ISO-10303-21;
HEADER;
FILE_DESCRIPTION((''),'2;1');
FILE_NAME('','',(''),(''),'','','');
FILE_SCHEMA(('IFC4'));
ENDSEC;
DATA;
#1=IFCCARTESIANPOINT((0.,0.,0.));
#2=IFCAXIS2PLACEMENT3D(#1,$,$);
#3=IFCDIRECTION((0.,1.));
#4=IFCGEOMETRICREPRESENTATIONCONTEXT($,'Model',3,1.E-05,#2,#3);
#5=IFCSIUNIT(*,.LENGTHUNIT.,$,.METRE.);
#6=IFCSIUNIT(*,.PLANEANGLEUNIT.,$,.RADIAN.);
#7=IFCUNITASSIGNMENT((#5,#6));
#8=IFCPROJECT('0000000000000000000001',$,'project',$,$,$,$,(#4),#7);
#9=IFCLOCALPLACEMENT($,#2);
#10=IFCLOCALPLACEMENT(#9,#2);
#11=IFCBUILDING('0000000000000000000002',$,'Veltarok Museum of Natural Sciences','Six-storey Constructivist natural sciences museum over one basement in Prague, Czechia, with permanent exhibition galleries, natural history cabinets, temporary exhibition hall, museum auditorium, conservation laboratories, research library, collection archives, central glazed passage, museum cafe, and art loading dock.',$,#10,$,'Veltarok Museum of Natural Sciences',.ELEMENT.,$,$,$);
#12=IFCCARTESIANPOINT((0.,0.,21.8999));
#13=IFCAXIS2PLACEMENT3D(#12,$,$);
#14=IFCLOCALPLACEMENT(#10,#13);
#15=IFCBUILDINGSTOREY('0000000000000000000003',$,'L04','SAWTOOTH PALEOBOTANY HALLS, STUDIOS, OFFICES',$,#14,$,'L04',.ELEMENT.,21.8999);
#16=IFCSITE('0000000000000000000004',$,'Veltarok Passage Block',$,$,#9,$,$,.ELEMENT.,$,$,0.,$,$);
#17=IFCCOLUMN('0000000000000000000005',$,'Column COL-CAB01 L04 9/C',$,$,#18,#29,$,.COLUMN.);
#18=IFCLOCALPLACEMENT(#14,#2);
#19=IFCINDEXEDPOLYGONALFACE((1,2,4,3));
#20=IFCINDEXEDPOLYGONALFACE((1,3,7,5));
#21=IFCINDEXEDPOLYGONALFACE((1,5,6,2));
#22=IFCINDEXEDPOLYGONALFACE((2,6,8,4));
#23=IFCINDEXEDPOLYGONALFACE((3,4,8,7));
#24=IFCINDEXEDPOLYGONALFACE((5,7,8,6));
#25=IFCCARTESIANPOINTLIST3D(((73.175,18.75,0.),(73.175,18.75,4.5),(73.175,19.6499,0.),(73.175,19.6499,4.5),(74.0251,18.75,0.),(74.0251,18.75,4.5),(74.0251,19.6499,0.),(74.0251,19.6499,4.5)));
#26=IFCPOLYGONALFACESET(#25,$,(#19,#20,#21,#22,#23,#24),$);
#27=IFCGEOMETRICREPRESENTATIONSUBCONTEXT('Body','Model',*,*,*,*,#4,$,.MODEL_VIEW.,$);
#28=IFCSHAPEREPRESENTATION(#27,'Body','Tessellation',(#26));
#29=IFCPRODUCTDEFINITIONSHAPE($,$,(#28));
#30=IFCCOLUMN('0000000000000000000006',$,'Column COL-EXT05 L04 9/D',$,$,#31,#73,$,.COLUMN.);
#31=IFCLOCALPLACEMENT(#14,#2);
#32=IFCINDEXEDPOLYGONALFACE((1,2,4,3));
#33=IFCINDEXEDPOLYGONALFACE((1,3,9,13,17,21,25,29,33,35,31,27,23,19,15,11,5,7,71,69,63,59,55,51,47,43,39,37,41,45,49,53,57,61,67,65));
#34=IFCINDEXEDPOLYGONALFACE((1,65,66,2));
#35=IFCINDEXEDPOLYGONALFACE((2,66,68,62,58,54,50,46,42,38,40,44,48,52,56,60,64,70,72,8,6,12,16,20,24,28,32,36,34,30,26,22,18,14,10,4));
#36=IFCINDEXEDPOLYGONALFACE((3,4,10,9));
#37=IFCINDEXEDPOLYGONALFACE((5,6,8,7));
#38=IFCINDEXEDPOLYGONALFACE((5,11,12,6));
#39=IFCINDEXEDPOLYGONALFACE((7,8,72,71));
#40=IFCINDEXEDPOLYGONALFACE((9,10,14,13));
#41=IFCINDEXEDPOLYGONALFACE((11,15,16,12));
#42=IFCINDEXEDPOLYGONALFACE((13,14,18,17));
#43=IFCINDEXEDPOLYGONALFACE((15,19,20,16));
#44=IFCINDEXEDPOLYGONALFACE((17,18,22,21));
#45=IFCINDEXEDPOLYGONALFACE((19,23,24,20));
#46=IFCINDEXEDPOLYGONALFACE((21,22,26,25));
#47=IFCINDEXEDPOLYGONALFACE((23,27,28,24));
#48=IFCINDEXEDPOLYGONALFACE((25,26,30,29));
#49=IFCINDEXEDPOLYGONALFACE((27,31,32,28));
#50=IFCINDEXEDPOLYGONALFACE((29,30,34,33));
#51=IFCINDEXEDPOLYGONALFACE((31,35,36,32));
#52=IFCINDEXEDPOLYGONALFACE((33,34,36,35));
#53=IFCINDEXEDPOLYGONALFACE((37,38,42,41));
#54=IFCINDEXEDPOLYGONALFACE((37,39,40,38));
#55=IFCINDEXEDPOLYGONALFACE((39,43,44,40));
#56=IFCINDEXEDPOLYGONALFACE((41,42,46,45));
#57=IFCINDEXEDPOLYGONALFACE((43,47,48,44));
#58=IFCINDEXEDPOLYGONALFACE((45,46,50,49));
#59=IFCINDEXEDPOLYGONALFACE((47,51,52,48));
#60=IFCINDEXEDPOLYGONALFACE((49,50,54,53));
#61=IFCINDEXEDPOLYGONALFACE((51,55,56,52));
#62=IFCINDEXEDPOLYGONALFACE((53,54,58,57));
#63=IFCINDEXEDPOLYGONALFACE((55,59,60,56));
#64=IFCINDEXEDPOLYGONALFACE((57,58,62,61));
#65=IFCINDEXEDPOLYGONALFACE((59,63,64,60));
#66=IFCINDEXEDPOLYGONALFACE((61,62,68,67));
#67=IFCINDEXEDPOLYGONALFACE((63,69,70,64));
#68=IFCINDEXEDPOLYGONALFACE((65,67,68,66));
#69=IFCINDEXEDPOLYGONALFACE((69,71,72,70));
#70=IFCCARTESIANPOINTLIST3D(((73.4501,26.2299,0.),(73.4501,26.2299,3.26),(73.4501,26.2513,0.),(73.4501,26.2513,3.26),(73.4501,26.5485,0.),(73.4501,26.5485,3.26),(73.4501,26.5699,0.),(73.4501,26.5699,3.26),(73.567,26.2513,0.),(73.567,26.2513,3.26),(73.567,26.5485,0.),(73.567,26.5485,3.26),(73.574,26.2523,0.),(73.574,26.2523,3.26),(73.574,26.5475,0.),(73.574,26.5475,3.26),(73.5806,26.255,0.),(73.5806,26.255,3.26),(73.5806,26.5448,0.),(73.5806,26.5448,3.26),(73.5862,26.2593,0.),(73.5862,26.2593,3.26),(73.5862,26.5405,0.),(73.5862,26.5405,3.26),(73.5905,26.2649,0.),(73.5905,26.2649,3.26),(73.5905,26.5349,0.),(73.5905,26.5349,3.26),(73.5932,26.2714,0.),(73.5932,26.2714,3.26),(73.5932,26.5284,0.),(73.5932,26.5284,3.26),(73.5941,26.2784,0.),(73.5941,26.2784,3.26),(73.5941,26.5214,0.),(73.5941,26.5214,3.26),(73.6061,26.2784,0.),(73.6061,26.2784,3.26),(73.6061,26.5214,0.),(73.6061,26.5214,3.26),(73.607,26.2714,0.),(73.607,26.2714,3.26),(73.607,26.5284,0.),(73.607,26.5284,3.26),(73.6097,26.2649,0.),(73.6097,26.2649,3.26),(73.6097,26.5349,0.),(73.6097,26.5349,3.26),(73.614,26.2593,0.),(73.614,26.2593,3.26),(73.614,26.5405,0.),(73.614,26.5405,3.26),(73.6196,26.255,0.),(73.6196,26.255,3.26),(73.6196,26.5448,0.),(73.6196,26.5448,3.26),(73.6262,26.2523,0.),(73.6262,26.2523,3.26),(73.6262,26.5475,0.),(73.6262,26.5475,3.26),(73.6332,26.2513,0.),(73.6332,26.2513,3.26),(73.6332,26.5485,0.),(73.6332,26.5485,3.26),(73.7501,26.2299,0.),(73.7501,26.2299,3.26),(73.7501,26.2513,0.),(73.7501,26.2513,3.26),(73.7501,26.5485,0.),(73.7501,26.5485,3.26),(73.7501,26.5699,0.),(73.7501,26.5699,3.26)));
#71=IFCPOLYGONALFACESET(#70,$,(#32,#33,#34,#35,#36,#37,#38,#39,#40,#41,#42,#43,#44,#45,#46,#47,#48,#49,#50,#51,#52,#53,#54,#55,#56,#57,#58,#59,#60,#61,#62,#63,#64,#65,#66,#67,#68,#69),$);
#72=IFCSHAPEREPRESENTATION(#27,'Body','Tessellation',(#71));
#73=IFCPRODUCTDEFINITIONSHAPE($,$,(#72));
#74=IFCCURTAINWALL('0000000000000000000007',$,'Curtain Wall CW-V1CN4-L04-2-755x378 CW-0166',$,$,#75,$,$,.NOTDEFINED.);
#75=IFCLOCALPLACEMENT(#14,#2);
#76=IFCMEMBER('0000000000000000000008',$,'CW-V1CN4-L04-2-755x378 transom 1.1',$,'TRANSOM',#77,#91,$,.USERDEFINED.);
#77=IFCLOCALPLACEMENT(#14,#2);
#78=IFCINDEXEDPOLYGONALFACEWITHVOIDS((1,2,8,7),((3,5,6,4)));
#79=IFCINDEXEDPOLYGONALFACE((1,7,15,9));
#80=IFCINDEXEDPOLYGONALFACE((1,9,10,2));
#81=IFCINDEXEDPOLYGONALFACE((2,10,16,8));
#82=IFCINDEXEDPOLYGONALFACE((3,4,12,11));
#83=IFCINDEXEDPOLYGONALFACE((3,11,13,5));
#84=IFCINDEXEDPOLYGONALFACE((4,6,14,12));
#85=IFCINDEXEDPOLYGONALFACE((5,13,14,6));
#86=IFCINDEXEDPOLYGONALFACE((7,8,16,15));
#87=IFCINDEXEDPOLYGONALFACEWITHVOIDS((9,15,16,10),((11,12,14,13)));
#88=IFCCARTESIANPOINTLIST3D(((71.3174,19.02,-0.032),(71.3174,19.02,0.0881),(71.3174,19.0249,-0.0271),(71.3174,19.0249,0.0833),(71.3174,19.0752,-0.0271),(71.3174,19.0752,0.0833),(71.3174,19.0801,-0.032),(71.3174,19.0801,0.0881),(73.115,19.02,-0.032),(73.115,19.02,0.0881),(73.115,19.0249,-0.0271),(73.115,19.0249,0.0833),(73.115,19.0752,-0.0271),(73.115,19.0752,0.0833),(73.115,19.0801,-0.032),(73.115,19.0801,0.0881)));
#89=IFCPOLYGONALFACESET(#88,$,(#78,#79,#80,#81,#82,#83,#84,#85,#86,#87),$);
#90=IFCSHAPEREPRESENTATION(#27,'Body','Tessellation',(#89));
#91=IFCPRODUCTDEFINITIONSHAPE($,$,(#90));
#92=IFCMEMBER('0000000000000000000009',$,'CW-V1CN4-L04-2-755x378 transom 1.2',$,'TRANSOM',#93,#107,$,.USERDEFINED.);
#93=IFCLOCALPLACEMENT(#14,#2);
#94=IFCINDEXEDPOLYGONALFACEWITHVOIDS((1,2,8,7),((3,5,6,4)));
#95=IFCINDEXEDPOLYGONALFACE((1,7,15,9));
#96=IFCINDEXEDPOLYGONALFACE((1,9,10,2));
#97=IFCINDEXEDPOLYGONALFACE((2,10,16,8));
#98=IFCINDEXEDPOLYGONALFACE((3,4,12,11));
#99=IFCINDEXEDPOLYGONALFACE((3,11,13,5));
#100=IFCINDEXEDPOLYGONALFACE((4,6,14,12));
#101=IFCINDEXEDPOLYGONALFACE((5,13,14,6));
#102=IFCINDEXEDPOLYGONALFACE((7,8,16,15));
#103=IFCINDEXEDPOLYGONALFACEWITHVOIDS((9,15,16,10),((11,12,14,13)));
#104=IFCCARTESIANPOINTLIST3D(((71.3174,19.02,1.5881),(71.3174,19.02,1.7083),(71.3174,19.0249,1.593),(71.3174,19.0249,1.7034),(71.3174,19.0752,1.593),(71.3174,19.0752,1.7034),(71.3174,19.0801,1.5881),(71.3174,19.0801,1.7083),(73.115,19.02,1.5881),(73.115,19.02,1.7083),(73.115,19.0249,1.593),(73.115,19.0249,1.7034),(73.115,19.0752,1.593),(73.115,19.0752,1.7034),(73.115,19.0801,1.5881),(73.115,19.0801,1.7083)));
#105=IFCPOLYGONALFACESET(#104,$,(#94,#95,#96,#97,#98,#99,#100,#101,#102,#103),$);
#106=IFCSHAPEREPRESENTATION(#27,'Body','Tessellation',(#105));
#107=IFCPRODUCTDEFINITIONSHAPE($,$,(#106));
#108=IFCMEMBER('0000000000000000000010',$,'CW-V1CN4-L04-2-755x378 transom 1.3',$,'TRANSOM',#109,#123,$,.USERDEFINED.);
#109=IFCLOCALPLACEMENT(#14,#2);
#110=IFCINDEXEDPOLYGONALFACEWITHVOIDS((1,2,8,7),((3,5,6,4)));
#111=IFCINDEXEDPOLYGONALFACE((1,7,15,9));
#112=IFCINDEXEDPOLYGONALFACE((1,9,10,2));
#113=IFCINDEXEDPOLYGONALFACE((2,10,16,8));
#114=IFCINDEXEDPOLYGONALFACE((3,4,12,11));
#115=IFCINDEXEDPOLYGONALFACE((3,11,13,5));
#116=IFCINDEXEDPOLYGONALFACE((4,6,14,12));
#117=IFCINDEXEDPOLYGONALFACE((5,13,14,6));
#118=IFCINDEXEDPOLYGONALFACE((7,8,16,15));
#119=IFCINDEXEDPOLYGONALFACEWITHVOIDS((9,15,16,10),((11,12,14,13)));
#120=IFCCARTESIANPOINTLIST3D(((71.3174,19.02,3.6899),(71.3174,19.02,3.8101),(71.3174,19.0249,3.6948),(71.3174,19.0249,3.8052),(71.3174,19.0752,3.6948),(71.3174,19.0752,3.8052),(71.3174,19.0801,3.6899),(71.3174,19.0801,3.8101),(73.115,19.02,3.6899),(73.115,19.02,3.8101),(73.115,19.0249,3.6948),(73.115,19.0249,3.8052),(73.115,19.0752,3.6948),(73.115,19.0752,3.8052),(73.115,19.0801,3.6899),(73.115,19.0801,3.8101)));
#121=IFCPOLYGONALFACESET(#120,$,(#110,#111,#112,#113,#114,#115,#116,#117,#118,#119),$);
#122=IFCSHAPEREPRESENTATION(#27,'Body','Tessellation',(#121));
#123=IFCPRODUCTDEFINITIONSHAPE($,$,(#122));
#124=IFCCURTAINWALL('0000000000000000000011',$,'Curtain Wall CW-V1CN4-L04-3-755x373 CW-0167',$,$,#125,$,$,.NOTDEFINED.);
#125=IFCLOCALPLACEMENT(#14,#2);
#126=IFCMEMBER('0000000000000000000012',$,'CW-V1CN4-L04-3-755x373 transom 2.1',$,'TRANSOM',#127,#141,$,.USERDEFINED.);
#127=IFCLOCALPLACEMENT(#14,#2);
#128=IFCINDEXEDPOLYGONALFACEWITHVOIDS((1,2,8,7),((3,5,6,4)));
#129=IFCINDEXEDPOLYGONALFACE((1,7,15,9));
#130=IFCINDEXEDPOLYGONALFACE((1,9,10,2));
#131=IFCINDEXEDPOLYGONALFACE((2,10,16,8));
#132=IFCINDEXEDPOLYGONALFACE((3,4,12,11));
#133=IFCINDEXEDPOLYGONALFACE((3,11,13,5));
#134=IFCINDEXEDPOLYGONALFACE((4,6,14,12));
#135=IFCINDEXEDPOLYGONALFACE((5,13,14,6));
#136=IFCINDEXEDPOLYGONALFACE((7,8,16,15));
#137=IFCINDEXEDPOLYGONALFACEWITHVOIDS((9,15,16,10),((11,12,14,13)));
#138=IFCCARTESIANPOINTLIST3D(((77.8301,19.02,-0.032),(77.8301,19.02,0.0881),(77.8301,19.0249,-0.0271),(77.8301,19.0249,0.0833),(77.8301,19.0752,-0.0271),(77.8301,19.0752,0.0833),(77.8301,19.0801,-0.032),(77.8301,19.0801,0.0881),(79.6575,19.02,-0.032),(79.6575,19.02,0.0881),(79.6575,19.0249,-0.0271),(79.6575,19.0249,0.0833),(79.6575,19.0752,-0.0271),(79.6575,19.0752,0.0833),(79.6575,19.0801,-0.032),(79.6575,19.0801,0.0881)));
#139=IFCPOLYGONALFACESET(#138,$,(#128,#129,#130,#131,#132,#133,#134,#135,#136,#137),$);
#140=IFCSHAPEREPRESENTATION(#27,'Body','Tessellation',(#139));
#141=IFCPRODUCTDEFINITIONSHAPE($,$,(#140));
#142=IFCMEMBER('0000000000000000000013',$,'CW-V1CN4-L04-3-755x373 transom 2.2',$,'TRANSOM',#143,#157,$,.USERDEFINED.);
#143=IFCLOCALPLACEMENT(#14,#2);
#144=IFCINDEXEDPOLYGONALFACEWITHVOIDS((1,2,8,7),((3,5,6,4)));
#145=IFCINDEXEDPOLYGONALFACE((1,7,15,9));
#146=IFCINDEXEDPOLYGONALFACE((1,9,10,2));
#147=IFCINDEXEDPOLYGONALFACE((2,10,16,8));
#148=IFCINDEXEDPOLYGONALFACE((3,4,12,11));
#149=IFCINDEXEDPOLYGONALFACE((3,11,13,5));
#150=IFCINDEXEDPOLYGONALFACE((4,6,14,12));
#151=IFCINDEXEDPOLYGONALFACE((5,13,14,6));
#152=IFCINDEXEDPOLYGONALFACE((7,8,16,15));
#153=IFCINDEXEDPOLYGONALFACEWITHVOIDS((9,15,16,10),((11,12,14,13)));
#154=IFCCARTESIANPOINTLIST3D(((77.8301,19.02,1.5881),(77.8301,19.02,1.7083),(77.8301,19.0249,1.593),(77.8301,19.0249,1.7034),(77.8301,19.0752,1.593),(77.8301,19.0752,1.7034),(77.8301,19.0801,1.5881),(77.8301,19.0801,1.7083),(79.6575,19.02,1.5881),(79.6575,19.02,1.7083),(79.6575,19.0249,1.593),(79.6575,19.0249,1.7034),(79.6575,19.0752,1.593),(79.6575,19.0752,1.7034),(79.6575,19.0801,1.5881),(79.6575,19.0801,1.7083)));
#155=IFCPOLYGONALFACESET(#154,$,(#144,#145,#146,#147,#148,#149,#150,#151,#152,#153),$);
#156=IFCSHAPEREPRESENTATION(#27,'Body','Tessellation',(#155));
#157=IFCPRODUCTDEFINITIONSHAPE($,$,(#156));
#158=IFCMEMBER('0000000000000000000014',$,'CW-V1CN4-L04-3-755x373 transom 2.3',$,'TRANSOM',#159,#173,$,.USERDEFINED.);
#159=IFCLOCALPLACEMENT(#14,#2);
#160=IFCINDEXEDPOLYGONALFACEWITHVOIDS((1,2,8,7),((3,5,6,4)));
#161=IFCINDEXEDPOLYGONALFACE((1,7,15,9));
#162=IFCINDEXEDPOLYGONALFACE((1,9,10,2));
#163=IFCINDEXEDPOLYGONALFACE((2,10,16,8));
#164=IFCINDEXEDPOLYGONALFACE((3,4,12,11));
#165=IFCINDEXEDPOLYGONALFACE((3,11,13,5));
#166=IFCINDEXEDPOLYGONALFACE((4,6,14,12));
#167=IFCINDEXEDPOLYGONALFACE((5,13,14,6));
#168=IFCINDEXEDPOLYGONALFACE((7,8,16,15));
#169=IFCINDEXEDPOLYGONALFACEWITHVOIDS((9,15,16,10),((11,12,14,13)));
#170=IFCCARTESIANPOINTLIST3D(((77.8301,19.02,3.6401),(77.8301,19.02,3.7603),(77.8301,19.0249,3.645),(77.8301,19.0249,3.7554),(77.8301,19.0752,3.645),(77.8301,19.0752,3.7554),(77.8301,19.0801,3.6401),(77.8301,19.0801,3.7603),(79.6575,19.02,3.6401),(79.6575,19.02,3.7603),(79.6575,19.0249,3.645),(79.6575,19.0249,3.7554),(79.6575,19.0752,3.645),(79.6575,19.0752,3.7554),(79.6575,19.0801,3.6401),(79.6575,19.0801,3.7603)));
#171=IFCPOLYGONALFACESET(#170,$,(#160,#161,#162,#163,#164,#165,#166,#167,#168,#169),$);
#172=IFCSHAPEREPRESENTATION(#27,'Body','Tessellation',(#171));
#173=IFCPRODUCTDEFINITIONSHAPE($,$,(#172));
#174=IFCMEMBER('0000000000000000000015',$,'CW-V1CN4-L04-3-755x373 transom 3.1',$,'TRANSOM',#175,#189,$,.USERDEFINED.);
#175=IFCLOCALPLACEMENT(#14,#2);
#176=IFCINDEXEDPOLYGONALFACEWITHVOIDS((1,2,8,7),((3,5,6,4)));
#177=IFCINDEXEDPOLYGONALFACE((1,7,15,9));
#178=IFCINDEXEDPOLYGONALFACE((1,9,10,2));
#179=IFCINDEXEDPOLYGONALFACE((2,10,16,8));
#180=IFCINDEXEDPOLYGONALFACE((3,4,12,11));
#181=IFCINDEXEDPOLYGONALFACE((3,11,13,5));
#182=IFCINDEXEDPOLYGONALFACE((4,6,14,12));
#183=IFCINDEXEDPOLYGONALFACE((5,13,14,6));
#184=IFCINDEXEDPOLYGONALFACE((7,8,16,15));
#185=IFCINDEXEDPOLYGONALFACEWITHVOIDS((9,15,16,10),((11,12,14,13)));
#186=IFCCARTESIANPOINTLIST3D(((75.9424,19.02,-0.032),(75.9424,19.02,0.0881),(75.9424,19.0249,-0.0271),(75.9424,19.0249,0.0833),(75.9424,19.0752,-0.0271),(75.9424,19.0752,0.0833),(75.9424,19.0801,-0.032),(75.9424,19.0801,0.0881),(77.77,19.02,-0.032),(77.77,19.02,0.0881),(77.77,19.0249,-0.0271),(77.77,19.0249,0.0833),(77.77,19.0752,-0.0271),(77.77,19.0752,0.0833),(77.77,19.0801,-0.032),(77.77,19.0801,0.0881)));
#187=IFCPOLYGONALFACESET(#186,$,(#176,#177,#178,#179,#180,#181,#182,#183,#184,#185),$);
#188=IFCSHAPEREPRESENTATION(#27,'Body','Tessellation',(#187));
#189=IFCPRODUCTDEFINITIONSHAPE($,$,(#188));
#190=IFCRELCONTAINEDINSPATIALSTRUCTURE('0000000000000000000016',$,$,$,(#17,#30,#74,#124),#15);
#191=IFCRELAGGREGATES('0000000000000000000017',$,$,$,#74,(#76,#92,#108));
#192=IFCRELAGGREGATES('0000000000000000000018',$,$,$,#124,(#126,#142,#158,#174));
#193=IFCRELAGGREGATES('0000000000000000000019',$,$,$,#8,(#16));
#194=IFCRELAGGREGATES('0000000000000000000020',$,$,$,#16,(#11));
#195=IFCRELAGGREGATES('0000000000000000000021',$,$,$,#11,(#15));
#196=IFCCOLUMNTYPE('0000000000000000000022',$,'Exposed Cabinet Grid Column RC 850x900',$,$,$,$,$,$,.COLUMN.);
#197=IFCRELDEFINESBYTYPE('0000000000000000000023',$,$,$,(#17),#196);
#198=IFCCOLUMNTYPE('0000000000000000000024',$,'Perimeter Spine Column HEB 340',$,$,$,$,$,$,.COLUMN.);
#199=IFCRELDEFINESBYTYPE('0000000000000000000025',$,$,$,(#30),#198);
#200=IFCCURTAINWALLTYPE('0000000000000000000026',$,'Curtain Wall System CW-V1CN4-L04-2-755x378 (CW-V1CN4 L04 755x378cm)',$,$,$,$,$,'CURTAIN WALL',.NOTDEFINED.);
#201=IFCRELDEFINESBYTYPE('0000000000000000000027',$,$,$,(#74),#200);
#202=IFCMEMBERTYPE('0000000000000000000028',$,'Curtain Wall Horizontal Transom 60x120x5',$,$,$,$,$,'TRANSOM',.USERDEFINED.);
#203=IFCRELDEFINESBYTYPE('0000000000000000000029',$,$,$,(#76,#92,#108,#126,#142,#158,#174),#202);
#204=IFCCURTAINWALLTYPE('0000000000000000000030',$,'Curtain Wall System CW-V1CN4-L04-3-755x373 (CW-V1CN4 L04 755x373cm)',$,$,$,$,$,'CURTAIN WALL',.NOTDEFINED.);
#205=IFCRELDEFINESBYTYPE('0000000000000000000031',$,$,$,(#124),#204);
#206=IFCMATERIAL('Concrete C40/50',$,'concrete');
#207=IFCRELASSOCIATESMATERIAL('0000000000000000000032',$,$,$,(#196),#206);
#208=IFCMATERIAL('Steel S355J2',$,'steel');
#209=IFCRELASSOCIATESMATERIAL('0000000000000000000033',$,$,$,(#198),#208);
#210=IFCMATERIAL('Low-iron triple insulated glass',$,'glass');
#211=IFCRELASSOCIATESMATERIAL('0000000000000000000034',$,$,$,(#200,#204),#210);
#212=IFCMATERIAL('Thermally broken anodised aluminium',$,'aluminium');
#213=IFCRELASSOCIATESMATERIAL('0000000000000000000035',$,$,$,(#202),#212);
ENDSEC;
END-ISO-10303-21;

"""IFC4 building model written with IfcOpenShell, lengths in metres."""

from ifc_helpers import new_model, si_unit, direction, frame, origin, origin_2d, place, context, subcontext, project, spatial, rectangle, hollow_rectangle, i_section, extrude, material, material_profile, profile_set, type_object, element, aggregate, save


model = new_model("IFC4")

# Units and contexts
model_context = context("Model", 3, precision=1e-05, world=origin(), true_north=direction((0.0, 1.0)))
body_context = subcontext(model_context, "Body", "Model", "MODEL_VIEW")
ifc_project = project(units=[si_unit("LENGTHUNIT", "METRE"), si_unit("PLANEANGLEUNIT", "RADIAN")], contexts=[model_context])

# Site, building, storey
site_placement = place(None, origin())
site = spatial("IfcSite", under=ifc_project, at=site_placement, Name="Veltarok Passage Block", CompositionType="ELEMENT", RefElevation=0.0)
building_placement = place(site_placement, origin())
building = spatial("IfcBuilding", under=site, at=building_placement, Name="Veltarok Museum of Natural Sciences", Description="Six-storey Constructivist natural sciences museum over one basement in Prague, Czechia, with permanent exhibition galleries, natural history cabinets, temporary exhibition hall, museum auditorium, conservation laboratories, research library, collection archives, central glazed passage, museum cafe, and art loading dock.", LongName="Veltarok Museum of Natural Sciences", CompositionType="ELEMENT")
storey_placement = place(building_placement, frame((0.0, 0.0, 21.8999)))
storey = spatial("IfcBuildingStorey", under=building, at=storey_placement, Name="L04", Description="SAWTOOTH PALEOBOTANY HALLS, STUDIOS, OFFICES", LongName="L04", CompositionType="ELEMENT", Elevation=21.8999)

# Columns
ifc_material_1 = material(Name="Concrete C40/50", Category="concrete")
ifc_material_profile_1 = material_profile(ifc_material_1, rectangle(XDim=0.8501, YDim=0.8999, at=origin_2d()), Name="RC 850x900")
ifc_profile_set_1 = profile_set([ifc_material_profile_1], Name="Concrete C40/50")
column_type_1 = type_object("IfcColumnType", Name="Exposed Cabinet Grid Column RC 850x900", PredefinedType="COLUMN", material=ifc_profile_set_1)
column_1_placement = place(storey_placement, frame((73.6001, 19.2, 0.0), z_axis=(0.0, 0.0, 1.0), x_axis=(1.0, 0.0, 0.0)))
element("IfcColumn", 1, at=column_1_placement, inside=storey, type_object=column_type_1, Name="Column COL-CAB01 L04 9/C", PredefinedType="COLUMN", context=body_context, shape_type="SweptSolid", body=[
    extrude(rectangle(XDim=0.8501, YDim=0.8999, at=origin_2d()), origin(), (0.0, 0.0, 1.0), 4.5),
])
ifc_material_2 = material(Name="Steel S355J2", Category="steel")
ifc_material_profile_2 = material_profile(ifc_material_2, i_section(OverallWidth=0.3, OverallDepth=0.3401, WebThickness=0.012, FlangeThickness=0.0215, FilletRadius=0.0271, at=origin_2d()), Name="HEB 340")
ifc_profile_set_2 = profile_set([ifc_material_profile_2], Name="Steel S355J2")
column_type_2 = type_object("IfcColumnType", Name="Perimeter Spine Column HEB 340", PredefinedType="COLUMN", material=ifc_profile_set_2)
column_2_placement = place(storey_placement, frame((73.6001, 26.3999, 0.0), z_axis=(0.0, 0.0, 1.0), x_axis=(1.0, 0.0, 0.0)))
element("IfcColumn", 2, at=column_2_placement, inside=storey, type_object=column_type_2, Name="Column COL-EXT05 L04 9/D", PredefinedType="COLUMN", context=body_context, shape_type="SweptSolid", body=[
    extrude(i_section(OverallWidth=0.3, OverallDepth=0.3401, WebThickness=0.012, FlangeThickness=0.0215, FilletRadius=0.0271, at=origin_2d()), origin(), (0.0, 0.0, 1.0), 3.26),
])

# Curtain walls, members
ifc_material_3 = material(Name="Low-iron triple insulated glass", Category="glass")
curtain_wall_type_1 = type_object("IfcCurtainWallType", Name="Curtain Wall System CW-V1CN4-L04-2-755x378 (CW-V1CN4 L04 755x378cm)", ElementType="CURTAIN WALL", PredefinedType="NOTDEFINED", material=ifc_material_3)
curtain_wall_1_placement = place(storey_placement, origin())
curtain_wall_1 = element("IfcCurtainWall", 3, at=curtain_wall_1_placement, inside=storey, type_object=curtain_wall_type_1, Name="Curtain Wall CW-V1CN4-L04-2-755x378 CW-0166", PredefinedType="NOTDEFINED")
ifc_material_4 = material(Name="Thermally broken anodised aluminium", Category="aluminium")
ifc_material_profile_3 = material_profile(ifc_material_4, hollow_rectangle(XDim=0.0601, YDim=0.1201, WallThickness=0.0049, at=origin_2d()), Name="CW TRANSOM 60x120x5")
ifc_profile_set_3 = profile_set([ifc_material_profile_3], Name="Thermally broken anodised aluminium")
member_type_1 = type_object("IfcMemberType", Name="Curtain Wall Horizontal Transom 60x120x5", ElementType="TRANSOM", PredefinedType="USERDEFINED", material=ifc_profile_set_3)
member_1_placement = place(storey_placement, frame((73.115, 19.05, 0.0281), z_axis=(-1.0, 0.0, 0.0), x_axis=(0.0, -1.0, 0.0)))
member_1 = element("IfcMember", 4, at=member_1_placement, type_object=member_type_1, Name="CW-V1CN4-L04-2-755x378 transom 1.1", ObjectType="TRANSOM", PredefinedType="USERDEFINED", context=body_context, shape_type="SweptSolid", body=[
    extrude(hollow_rectangle(XDim=0.0601, YDim=0.1201, WallThickness=0.0049, at=origin_2d()), origin(), (0.0, 0.0, 1.0), 1.7976),
])
member_2_placement = place(storey_placement, frame((73.115, 19.05, 1.6482), z_axis=(-1.0, 0.0, 0.0), x_axis=(0.0, -1.0, 0.0)))
member_2 = element("IfcMember", 5, at=member_2_placement, type_object=member_type_1, Name="CW-V1CN4-L04-2-755x378 transom 1.2", ObjectType="TRANSOM", PredefinedType="USERDEFINED", context=body_context, shape_type="SweptSolid", body=[
    extrude(hollow_rectangle(XDim=0.0601, YDim=0.1201, WallThickness=0.0049, at=origin_2d()), origin(), (0.0, 0.0, 1.0), 1.7976),
])
member_3_placement = place(storey_placement, frame((73.115, 19.05, 3.75), z_axis=(-1.0, 0.0, 0.0), x_axis=(0.0, -1.0, 0.0)))
member_3 = element("IfcMember", 6, at=member_3_placement, type_object=member_type_1, Name="CW-V1CN4-L04-2-755x378 transom 1.3", ObjectType="TRANSOM", PredefinedType="USERDEFINED", context=body_context, shape_type="SweptSolid", body=[
    extrude(hollow_rectangle(XDim=0.0601, YDim=0.1201, WallThickness=0.0049, at=origin_2d()), origin(), (0.0, 0.0, 1.0), 1.7976),
])
curtain_wall_type_2 = type_object("IfcCurtainWallType", Name="Curtain Wall System CW-V1CN4-L04-3-755x373 (CW-V1CN4 L04 755x373cm)", ElementType="CURTAIN WALL", PredefinedType="NOTDEFINED", material=ifc_material_3)
curtain_wall_2_placement = place(storey_placement, origin())
curtain_wall_2 = element("IfcCurtainWall", 7, at=curtain_wall_2_placement, inside=storey, type_object=curtain_wall_type_2, Name="Curtain Wall CW-V1CN4-L04-3-755x373 CW-0167", PredefinedType="NOTDEFINED")
member_4_placement = place(storey_placement, frame((79.6575, 19.05, 0.0281), z_axis=(-1.0, 0.0, 0.0), x_axis=(0.0, -1.0, 0.0)))
member_4 = element("IfcMember", 8, at=member_4_placement, type_object=member_type_1, Name="CW-V1CN4-L04-3-755x373 transom 2.1", ObjectType="TRANSOM", PredefinedType="USERDEFINED", context=body_context, shape_type="SweptSolid", body=[
    extrude(hollow_rectangle(XDim=0.0601, YDim=0.1201, WallThickness=0.0049, at=origin_2d()), origin(), (0.0, 0.0, 1.0), 1.8274),
])
member_5_placement = place(storey_placement, frame((79.6575, 19.05, 1.6482), z_axis=(-1.0, 0.0, 0.0), x_axis=(0.0, -1.0, 0.0)))
member_5 = element("IfcMember", 9, at=member_5_placement, type_object=member_type_1, Name="CW-V1CN4-L04-3-755x373 transom 2.2", ObjectType="TRANSOM", PredefinedType="USERDEFINED", context=body_context, shape_type="SweptSolid", body=[
    extrude(hollow_rectangle(XDim=0.0601, YDim=0.1201, WallThickness=0.0049, at=origin_2d()), origin(), (0.0, 0.0, 1.0), 1.8274),
])
member_6_placement = place(storey_placement, frame((79.6575, 19.05, 3.7002), z_axis=(-1.0, 0.0, 0.0), x_axis=(0.0, -1.0, 0.0)))
member_6 = element("IfcMember", 10, at=member_6_placement, type_object=member_type_1, Name="CW-V1CN4-L04-3-755x373 transom 2.3", ObjectType="TRANSOM", PredefinedType="USERDEFINED", context=body_context, shape_type="SweptSolid", body=[
    extrude(hollow_rectangle(XDim=0.0601, YDim=0.1201, WallThickness=0.0049, at=origin_2d()), origin(), (0.0, 0.0, 1.0), 1.8274),
])
member_7_placement = place(storey_placement, frame((77.77, 19.05, 0.0281), z_axis=(-1.0, 0.0, 0.0), x_axis=(0.0, -1.0, 0.0)))
member_7 = element("IfcMember", 11, at=member_7_placement, type_object=member_type_1, Name="CW-V1CN4-L04-3-755x373 transom 3.1", ObjectType="TRANSOM", PredefinedType="USERDEFINED", context=body_context, shape_type="SweptSolid", body=[
    extrude(hollow_rectangle(XDim=0.0601, YDim=0.1201, WallThickness=0.0049, at=origin_2d()), origin(), (0.0, 0.0, 1.0), 1.8276),
])

aggregate(curtain_wall_1, [member_1, member_2, member_3])

aggregate(curtain_wall_2, [member_4, member_5, member_6, member_7])

save(model, "model.ifc")
